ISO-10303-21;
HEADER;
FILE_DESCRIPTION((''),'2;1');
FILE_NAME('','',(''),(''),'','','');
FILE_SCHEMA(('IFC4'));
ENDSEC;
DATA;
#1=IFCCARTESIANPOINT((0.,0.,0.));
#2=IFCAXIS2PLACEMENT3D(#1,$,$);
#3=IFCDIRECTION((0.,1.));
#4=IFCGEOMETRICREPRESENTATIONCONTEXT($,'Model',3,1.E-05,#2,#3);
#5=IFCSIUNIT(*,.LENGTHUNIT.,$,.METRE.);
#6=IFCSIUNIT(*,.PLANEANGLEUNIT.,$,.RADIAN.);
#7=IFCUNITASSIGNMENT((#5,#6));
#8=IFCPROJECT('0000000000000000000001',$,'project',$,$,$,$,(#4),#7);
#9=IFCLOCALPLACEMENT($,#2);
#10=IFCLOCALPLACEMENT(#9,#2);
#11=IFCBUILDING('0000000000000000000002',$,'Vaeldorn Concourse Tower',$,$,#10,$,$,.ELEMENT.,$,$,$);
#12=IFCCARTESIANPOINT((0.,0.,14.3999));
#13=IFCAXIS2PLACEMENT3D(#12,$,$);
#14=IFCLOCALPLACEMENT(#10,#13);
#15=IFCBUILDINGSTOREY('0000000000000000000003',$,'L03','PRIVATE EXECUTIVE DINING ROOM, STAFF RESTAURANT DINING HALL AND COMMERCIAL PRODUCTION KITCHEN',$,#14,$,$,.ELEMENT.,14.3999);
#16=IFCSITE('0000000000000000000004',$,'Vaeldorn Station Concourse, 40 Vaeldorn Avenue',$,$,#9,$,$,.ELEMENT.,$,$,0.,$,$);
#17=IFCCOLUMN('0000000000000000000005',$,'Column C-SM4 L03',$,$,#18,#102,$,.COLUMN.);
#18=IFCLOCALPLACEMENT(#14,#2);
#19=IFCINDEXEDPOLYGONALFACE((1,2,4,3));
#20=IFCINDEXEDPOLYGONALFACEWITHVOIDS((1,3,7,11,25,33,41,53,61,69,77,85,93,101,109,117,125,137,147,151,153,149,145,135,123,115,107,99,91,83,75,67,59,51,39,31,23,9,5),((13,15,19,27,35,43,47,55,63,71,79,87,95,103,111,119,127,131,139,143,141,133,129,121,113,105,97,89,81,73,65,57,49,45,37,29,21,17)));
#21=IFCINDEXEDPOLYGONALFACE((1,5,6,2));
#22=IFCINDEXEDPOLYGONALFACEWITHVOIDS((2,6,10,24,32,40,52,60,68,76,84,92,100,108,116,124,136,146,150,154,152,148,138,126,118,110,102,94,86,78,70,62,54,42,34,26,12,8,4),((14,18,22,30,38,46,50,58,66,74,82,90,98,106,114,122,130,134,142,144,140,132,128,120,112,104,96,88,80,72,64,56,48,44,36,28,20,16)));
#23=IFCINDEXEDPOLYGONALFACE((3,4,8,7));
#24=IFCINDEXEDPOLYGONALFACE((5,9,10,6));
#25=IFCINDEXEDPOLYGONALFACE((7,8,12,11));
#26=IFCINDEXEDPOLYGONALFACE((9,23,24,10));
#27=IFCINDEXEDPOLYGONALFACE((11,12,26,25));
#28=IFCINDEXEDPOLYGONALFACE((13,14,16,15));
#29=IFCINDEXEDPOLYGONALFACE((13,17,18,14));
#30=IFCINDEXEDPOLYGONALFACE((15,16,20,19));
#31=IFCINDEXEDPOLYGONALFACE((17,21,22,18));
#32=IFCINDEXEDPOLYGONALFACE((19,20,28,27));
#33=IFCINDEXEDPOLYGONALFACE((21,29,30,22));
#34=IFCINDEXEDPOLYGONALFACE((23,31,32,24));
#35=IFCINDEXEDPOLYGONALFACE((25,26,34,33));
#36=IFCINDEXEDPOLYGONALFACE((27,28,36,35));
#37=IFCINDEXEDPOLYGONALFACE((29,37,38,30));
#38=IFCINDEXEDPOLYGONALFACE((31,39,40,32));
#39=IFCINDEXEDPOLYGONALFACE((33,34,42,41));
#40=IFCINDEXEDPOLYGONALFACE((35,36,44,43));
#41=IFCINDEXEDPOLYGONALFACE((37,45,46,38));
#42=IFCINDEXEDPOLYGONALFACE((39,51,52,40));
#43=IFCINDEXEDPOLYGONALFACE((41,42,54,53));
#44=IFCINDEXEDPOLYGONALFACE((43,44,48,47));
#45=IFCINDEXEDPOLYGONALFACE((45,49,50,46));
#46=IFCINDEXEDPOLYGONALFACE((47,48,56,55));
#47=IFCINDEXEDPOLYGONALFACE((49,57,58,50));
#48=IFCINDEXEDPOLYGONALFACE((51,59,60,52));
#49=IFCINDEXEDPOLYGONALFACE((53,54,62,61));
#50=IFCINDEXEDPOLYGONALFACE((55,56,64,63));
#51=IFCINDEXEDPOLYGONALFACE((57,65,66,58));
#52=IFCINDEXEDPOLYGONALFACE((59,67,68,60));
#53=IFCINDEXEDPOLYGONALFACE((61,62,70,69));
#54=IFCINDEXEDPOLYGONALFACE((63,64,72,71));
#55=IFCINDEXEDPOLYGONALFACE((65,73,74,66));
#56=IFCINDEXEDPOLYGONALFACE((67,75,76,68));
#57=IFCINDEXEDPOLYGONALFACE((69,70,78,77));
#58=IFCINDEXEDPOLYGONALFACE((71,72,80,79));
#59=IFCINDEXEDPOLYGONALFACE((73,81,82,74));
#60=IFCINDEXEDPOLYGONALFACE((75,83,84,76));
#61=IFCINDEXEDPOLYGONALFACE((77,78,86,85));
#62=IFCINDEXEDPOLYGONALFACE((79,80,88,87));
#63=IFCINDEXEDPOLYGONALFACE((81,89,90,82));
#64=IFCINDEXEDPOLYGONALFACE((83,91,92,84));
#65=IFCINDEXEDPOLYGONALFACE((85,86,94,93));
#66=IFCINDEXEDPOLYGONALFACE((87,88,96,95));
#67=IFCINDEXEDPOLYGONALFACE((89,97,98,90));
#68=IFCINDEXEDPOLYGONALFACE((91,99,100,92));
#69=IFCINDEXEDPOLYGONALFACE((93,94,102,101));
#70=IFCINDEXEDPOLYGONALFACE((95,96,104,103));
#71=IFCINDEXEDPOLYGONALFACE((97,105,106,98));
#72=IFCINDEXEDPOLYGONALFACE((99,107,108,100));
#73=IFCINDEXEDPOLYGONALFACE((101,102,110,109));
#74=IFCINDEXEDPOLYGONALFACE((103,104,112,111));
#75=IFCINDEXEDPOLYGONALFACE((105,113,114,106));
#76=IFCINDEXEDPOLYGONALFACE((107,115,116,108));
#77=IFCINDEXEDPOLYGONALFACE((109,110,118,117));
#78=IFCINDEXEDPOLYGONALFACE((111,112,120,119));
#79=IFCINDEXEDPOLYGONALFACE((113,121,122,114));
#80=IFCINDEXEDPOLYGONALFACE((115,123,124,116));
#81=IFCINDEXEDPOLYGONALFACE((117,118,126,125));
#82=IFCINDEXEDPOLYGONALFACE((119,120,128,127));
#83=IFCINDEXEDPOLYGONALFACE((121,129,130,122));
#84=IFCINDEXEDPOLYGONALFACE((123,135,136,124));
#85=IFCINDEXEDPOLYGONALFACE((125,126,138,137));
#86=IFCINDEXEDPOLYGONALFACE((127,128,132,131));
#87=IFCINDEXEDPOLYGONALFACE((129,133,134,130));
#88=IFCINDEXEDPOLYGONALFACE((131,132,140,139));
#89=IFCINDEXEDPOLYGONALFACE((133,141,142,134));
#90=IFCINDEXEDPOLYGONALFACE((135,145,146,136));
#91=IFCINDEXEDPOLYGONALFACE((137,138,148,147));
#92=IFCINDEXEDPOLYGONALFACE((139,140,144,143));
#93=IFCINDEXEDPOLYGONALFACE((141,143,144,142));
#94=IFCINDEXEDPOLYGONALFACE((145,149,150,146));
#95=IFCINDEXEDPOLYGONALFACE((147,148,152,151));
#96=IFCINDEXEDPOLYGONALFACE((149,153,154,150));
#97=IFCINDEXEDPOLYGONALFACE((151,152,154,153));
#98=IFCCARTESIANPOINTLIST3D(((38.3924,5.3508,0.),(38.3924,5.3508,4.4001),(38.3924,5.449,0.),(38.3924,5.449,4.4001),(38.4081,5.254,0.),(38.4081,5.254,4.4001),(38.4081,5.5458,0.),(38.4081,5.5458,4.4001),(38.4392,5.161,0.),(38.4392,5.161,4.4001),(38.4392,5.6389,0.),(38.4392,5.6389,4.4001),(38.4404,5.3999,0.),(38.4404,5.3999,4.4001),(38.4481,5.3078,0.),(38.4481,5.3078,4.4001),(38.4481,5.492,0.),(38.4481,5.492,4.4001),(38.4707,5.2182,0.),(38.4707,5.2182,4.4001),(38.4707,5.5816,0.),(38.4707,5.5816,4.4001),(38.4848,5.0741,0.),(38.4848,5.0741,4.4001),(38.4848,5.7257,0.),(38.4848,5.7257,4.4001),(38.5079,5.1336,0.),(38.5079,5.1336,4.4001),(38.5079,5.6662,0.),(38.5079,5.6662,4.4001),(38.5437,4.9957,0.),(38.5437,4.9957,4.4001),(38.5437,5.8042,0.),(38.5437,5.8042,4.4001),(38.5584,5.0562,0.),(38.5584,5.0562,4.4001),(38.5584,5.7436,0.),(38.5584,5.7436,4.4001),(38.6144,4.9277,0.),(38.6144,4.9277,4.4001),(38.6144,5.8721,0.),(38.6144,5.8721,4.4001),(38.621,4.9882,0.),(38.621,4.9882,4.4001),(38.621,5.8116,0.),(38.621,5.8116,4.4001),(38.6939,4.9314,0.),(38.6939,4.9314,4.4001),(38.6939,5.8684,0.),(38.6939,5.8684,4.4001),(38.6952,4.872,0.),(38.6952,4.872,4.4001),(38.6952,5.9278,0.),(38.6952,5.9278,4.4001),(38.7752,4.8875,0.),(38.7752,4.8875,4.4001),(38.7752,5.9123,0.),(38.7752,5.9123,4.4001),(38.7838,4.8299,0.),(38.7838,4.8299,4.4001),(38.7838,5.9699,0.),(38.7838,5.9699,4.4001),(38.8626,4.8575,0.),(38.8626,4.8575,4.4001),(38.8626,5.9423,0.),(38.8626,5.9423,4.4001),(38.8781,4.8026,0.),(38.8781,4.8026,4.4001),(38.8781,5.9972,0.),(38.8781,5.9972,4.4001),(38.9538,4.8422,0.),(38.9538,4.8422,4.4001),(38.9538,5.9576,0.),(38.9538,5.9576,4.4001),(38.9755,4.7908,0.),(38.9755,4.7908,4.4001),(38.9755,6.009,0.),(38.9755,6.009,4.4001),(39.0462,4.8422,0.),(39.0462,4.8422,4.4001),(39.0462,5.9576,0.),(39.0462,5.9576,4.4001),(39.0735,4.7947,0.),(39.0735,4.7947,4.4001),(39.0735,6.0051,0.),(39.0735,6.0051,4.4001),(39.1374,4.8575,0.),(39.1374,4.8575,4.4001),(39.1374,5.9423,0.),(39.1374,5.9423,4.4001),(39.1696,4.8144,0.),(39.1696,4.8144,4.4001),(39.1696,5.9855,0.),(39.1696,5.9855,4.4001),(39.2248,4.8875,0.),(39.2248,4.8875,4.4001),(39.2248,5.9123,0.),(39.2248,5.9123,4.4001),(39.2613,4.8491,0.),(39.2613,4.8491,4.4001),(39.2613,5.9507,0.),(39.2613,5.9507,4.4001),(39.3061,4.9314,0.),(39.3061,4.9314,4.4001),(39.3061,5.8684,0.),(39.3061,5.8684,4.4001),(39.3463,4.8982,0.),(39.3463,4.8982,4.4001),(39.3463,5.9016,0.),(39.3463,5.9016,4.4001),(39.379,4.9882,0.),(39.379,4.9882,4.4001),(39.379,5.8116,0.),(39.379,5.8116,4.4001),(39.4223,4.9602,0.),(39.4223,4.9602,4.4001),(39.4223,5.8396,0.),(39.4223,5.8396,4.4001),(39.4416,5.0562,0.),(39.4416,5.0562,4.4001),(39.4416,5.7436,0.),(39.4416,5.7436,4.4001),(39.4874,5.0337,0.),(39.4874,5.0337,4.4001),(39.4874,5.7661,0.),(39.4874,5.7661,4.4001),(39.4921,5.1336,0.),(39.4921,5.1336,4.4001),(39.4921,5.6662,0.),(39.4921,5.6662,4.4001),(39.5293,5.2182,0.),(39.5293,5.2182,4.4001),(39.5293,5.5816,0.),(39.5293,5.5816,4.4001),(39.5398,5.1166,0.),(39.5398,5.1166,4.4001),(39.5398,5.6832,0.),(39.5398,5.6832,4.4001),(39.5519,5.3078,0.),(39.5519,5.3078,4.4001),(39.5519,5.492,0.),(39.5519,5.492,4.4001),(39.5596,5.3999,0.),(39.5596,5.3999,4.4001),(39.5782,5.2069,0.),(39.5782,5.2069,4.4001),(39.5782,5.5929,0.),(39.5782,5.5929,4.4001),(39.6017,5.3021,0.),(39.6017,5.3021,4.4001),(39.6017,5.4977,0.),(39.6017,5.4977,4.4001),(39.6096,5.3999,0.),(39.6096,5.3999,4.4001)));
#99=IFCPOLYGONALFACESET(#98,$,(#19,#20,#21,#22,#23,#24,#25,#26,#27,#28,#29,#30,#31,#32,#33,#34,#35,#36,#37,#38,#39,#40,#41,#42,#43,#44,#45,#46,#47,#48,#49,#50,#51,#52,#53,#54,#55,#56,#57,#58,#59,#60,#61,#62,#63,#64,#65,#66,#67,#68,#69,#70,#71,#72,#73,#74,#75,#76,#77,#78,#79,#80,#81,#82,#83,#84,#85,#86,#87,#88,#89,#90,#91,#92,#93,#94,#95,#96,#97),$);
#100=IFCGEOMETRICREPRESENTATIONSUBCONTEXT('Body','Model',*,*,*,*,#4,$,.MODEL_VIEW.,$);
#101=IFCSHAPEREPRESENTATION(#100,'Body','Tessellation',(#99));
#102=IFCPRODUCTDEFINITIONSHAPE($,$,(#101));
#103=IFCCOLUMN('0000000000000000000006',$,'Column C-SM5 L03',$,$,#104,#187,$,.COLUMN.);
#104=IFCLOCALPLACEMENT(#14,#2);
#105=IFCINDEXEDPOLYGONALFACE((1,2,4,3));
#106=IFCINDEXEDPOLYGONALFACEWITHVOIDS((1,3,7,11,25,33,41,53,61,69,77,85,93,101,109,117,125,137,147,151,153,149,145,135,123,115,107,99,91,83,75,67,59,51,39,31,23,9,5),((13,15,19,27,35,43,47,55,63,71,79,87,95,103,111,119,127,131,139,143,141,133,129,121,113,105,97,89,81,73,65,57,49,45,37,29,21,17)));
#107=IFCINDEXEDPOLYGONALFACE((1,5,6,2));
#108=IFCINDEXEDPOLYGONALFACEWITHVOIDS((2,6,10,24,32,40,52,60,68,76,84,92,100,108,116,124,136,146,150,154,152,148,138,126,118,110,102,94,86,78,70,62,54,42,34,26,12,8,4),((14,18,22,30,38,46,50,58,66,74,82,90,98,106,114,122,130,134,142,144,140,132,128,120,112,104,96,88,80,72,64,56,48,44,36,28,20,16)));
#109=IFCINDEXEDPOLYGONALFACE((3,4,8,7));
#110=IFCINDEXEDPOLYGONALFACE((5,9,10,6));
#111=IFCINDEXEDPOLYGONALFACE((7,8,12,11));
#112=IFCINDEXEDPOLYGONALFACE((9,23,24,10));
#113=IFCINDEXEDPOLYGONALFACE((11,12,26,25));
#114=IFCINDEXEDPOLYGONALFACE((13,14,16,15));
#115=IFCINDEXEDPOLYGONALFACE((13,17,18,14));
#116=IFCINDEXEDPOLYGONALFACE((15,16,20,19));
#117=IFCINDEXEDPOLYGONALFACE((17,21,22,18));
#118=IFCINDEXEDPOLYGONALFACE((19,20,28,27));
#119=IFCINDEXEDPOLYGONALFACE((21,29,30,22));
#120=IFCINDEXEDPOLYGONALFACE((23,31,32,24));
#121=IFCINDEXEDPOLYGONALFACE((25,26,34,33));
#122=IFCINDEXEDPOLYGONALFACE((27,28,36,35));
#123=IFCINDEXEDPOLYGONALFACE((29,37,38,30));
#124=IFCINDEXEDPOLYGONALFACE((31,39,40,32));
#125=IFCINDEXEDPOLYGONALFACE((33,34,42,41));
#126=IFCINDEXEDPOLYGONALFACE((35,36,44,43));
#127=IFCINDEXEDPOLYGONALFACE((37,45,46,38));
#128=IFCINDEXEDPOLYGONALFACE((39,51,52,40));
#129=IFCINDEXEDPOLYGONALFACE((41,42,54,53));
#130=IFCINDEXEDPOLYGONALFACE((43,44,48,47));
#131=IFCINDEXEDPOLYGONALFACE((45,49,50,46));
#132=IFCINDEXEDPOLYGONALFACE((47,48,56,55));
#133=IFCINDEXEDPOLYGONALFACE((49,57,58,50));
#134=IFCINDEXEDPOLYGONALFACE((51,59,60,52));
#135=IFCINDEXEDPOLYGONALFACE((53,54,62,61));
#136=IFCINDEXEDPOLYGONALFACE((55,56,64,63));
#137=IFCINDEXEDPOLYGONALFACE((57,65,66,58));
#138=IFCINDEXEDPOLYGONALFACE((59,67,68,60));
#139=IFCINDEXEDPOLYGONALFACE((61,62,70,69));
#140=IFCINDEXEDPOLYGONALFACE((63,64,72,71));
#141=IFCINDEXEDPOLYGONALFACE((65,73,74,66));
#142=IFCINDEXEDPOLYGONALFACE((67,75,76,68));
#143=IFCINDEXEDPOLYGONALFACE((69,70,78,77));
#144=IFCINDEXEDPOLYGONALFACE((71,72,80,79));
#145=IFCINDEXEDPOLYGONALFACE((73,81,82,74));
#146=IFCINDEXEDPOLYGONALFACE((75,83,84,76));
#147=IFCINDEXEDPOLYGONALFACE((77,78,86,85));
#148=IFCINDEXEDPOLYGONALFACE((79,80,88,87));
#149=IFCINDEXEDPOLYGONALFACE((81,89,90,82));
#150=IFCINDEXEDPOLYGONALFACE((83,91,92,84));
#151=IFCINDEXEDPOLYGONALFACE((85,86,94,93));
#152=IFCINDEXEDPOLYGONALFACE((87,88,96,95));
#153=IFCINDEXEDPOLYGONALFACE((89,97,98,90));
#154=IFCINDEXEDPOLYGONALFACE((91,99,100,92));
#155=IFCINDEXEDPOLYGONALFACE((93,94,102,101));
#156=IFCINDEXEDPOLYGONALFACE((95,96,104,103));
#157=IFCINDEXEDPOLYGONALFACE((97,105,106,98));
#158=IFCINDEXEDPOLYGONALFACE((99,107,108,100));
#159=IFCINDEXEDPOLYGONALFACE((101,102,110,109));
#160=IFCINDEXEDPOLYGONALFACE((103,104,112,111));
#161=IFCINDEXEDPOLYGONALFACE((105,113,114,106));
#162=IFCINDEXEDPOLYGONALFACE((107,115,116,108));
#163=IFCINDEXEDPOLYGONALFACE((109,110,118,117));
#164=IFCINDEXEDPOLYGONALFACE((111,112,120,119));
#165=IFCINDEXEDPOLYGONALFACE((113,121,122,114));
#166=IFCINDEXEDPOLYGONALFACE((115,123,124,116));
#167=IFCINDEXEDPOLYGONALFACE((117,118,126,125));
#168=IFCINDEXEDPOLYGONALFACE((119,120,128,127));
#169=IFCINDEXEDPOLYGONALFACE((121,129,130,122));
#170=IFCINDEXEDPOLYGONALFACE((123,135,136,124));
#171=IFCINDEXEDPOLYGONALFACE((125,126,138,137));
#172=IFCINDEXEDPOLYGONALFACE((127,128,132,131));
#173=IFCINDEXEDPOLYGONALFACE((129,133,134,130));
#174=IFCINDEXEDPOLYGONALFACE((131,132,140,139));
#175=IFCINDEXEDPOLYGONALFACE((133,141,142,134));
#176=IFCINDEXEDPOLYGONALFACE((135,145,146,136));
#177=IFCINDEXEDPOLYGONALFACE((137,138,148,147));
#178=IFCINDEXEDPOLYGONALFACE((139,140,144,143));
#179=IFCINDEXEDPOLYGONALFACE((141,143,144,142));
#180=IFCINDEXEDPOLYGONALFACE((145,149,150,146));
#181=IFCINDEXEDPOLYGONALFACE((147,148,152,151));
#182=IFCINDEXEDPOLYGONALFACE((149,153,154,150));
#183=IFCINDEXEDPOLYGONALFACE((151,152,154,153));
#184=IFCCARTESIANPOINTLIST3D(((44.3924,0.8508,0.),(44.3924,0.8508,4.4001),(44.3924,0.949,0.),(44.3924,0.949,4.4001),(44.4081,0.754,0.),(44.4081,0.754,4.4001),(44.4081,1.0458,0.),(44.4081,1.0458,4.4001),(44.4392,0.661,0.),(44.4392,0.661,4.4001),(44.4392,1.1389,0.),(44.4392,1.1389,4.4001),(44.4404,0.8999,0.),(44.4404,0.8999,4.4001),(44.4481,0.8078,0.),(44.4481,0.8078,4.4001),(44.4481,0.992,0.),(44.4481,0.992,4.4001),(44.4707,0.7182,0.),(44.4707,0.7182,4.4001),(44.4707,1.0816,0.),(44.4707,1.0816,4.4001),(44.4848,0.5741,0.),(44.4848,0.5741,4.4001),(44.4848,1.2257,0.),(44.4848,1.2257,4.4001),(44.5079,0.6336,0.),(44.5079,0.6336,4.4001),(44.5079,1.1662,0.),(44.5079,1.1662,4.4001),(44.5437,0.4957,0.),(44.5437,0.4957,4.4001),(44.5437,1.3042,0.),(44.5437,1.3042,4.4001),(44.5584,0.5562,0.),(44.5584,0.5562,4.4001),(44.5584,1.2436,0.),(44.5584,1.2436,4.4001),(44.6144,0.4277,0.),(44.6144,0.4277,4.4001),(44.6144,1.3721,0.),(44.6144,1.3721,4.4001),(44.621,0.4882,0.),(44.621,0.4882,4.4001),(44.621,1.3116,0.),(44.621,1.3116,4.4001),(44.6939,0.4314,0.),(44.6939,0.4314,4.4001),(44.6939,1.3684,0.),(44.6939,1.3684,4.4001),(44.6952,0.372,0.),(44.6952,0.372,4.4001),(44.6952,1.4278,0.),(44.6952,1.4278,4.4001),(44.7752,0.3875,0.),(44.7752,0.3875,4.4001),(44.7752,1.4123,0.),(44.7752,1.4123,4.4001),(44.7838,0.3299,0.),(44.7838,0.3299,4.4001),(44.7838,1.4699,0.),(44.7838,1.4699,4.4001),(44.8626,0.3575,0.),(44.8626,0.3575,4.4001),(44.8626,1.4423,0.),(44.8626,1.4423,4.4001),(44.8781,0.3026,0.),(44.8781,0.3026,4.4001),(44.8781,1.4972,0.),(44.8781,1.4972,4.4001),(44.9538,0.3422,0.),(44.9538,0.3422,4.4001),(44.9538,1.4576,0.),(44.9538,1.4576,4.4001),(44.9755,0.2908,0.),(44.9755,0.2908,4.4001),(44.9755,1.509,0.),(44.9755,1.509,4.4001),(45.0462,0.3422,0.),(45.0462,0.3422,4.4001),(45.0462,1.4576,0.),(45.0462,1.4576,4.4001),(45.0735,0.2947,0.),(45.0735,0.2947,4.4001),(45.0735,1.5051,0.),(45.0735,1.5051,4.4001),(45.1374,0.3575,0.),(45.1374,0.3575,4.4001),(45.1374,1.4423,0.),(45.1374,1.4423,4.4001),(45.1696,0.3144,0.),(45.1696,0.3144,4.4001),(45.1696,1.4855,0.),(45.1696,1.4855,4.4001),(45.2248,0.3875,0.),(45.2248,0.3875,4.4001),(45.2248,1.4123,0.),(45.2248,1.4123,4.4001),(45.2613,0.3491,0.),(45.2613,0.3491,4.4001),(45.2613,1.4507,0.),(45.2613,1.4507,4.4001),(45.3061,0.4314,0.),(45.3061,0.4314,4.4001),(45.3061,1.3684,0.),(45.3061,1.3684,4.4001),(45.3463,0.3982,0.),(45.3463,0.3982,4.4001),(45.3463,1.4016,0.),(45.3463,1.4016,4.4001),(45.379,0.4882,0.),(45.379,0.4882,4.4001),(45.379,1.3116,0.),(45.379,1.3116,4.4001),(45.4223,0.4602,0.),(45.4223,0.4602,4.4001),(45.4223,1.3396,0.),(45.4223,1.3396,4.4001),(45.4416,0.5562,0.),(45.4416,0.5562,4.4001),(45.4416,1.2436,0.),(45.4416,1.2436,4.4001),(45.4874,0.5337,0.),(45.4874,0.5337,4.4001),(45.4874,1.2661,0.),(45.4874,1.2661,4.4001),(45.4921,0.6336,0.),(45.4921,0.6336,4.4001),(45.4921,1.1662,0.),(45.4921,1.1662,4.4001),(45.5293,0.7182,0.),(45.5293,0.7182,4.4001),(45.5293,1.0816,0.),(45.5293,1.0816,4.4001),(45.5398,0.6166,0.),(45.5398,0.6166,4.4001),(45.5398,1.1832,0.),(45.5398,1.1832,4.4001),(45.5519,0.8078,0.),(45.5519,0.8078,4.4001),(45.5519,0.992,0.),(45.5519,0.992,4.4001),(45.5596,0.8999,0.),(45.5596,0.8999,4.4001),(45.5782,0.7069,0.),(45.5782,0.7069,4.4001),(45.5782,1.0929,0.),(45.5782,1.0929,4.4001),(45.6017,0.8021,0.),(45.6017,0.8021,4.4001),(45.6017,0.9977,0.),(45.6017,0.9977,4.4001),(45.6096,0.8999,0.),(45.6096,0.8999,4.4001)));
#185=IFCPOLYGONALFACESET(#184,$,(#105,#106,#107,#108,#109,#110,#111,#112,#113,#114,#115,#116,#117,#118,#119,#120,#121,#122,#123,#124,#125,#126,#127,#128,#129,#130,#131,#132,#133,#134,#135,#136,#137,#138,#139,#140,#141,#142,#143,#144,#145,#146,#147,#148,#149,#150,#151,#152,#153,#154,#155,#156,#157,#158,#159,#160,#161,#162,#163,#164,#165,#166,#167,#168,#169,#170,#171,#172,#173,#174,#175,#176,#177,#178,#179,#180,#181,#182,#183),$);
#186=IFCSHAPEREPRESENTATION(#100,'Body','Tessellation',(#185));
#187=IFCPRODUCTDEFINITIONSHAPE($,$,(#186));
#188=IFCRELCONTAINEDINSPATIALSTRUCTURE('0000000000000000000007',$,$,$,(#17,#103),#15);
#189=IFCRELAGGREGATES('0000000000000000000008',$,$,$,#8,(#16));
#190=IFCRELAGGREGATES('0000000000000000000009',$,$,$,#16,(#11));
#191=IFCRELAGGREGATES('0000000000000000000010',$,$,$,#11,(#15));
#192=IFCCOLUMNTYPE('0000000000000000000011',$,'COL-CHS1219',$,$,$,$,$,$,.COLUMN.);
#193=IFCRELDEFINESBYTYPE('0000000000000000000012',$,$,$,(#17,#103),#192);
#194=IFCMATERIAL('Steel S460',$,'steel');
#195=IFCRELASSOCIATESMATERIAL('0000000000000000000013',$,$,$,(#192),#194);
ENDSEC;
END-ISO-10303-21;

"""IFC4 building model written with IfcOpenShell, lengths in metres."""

from ifc_helpers import new_model, si_unit, direction, frame, origin, origin_2d, place, context, subcontext, project, spatial, hollow_circle, extrude, source, transform, mapped, material, material_profile, profile_set, type_object, element, save


model = new_model("IFC4")

# Units and contexts
model_context = context("Model", 3, precision=1e-05, world=origin(), true_north=direction((0.0, 1.0)))
body_context = subcontext(model_context, "Body", "Model", "MODEL_VIEW")
ifc_project = project(units=[si_unit("LENGTHUNIT", "METRE"), si_unit("PLANEANGLEUNIT", "RADIAN")], contexts=[model_context])

# Site, building, storey
site_placement = place(None, origin())
site = spatial("IfcSite", under=ifc_project, at=site_placement, Name="Vaeldorn Station Concourse, 40 Vaeldorn Avenue", CompositionType="ELEMENT", RefElevation=0.0)
building_placement = place(site_placement, origin())
building = spatial("IfcBuilding", under=site, at=building_placement, Name="Vaeldorn Concourse Tower", CompositionType="ELEMENT")
storey_placement = place(building_placement, frame((0.0, 0.0, 14.3999)))
storey = spatial("IfcBuildingStorey", under=building, at=storey_placement, Name="L03", Description="PRIVATE EXECUTIVE DINING ROOM, STAFF RESTAURANT DINING HALL AND COMMERCIAL PRODUCTION KITCHEN", CompositionType="ELEMENT", Elevation=14.3999)

# Columns
ifc_material_1 = material(Name="Steel S460", Category="steel")
ifc_material_profile_1 = material_profile(ifc_material_1, hollow_circle(Radius=0.6096, WallThickness=0.05, at=origin_2d()), Name="CHS 1219x50")
ifc_profile_set_1 = profile_set([ifc_material_profile_1], Name="Steel S460")
column_type = type_object("IfcColumnType", Name="COL-CHS1219", PredefinedType="COLUMN", material=ifc_profile_set_1)
shared_shape_1 = source(origin(), body_context, "Body", "SweptSolid", [
    extrude(hollow_circle(Radius=0.6096, WallThickness=0.05, at=origin_2d()), origin(), (0.0, 0.0, 1.0), 4.4001),
])
for number, where, z_axis, x_axis, name in (
    (1, (39.0, 5.3999, 0.0), (0.0, 0.0, 1.0), (1.0, 0.0, 0.0), "Column C-SM4 L03"),
    (2, (45.0, 0.8999, 0.0), (0.0, 0.0, 1.0), (1.0, 0.0, 0.0), "Column C-SM5 L03"),
):
    element("IfcColumn", number, at=place(storey_placement, frame(where, z_axis=z_axis, x_axis=x_axis)), inside=storey, type_object=column_type, Name=name, PredefinedType="COLUMN", context=body_context, shape_type="MappedRepresentation", body=[
        mapped(shared_shape_1, transform((0.0, 0.0, 0.0), scale=1.0)),
    ])

save(model, "model.ifc")
